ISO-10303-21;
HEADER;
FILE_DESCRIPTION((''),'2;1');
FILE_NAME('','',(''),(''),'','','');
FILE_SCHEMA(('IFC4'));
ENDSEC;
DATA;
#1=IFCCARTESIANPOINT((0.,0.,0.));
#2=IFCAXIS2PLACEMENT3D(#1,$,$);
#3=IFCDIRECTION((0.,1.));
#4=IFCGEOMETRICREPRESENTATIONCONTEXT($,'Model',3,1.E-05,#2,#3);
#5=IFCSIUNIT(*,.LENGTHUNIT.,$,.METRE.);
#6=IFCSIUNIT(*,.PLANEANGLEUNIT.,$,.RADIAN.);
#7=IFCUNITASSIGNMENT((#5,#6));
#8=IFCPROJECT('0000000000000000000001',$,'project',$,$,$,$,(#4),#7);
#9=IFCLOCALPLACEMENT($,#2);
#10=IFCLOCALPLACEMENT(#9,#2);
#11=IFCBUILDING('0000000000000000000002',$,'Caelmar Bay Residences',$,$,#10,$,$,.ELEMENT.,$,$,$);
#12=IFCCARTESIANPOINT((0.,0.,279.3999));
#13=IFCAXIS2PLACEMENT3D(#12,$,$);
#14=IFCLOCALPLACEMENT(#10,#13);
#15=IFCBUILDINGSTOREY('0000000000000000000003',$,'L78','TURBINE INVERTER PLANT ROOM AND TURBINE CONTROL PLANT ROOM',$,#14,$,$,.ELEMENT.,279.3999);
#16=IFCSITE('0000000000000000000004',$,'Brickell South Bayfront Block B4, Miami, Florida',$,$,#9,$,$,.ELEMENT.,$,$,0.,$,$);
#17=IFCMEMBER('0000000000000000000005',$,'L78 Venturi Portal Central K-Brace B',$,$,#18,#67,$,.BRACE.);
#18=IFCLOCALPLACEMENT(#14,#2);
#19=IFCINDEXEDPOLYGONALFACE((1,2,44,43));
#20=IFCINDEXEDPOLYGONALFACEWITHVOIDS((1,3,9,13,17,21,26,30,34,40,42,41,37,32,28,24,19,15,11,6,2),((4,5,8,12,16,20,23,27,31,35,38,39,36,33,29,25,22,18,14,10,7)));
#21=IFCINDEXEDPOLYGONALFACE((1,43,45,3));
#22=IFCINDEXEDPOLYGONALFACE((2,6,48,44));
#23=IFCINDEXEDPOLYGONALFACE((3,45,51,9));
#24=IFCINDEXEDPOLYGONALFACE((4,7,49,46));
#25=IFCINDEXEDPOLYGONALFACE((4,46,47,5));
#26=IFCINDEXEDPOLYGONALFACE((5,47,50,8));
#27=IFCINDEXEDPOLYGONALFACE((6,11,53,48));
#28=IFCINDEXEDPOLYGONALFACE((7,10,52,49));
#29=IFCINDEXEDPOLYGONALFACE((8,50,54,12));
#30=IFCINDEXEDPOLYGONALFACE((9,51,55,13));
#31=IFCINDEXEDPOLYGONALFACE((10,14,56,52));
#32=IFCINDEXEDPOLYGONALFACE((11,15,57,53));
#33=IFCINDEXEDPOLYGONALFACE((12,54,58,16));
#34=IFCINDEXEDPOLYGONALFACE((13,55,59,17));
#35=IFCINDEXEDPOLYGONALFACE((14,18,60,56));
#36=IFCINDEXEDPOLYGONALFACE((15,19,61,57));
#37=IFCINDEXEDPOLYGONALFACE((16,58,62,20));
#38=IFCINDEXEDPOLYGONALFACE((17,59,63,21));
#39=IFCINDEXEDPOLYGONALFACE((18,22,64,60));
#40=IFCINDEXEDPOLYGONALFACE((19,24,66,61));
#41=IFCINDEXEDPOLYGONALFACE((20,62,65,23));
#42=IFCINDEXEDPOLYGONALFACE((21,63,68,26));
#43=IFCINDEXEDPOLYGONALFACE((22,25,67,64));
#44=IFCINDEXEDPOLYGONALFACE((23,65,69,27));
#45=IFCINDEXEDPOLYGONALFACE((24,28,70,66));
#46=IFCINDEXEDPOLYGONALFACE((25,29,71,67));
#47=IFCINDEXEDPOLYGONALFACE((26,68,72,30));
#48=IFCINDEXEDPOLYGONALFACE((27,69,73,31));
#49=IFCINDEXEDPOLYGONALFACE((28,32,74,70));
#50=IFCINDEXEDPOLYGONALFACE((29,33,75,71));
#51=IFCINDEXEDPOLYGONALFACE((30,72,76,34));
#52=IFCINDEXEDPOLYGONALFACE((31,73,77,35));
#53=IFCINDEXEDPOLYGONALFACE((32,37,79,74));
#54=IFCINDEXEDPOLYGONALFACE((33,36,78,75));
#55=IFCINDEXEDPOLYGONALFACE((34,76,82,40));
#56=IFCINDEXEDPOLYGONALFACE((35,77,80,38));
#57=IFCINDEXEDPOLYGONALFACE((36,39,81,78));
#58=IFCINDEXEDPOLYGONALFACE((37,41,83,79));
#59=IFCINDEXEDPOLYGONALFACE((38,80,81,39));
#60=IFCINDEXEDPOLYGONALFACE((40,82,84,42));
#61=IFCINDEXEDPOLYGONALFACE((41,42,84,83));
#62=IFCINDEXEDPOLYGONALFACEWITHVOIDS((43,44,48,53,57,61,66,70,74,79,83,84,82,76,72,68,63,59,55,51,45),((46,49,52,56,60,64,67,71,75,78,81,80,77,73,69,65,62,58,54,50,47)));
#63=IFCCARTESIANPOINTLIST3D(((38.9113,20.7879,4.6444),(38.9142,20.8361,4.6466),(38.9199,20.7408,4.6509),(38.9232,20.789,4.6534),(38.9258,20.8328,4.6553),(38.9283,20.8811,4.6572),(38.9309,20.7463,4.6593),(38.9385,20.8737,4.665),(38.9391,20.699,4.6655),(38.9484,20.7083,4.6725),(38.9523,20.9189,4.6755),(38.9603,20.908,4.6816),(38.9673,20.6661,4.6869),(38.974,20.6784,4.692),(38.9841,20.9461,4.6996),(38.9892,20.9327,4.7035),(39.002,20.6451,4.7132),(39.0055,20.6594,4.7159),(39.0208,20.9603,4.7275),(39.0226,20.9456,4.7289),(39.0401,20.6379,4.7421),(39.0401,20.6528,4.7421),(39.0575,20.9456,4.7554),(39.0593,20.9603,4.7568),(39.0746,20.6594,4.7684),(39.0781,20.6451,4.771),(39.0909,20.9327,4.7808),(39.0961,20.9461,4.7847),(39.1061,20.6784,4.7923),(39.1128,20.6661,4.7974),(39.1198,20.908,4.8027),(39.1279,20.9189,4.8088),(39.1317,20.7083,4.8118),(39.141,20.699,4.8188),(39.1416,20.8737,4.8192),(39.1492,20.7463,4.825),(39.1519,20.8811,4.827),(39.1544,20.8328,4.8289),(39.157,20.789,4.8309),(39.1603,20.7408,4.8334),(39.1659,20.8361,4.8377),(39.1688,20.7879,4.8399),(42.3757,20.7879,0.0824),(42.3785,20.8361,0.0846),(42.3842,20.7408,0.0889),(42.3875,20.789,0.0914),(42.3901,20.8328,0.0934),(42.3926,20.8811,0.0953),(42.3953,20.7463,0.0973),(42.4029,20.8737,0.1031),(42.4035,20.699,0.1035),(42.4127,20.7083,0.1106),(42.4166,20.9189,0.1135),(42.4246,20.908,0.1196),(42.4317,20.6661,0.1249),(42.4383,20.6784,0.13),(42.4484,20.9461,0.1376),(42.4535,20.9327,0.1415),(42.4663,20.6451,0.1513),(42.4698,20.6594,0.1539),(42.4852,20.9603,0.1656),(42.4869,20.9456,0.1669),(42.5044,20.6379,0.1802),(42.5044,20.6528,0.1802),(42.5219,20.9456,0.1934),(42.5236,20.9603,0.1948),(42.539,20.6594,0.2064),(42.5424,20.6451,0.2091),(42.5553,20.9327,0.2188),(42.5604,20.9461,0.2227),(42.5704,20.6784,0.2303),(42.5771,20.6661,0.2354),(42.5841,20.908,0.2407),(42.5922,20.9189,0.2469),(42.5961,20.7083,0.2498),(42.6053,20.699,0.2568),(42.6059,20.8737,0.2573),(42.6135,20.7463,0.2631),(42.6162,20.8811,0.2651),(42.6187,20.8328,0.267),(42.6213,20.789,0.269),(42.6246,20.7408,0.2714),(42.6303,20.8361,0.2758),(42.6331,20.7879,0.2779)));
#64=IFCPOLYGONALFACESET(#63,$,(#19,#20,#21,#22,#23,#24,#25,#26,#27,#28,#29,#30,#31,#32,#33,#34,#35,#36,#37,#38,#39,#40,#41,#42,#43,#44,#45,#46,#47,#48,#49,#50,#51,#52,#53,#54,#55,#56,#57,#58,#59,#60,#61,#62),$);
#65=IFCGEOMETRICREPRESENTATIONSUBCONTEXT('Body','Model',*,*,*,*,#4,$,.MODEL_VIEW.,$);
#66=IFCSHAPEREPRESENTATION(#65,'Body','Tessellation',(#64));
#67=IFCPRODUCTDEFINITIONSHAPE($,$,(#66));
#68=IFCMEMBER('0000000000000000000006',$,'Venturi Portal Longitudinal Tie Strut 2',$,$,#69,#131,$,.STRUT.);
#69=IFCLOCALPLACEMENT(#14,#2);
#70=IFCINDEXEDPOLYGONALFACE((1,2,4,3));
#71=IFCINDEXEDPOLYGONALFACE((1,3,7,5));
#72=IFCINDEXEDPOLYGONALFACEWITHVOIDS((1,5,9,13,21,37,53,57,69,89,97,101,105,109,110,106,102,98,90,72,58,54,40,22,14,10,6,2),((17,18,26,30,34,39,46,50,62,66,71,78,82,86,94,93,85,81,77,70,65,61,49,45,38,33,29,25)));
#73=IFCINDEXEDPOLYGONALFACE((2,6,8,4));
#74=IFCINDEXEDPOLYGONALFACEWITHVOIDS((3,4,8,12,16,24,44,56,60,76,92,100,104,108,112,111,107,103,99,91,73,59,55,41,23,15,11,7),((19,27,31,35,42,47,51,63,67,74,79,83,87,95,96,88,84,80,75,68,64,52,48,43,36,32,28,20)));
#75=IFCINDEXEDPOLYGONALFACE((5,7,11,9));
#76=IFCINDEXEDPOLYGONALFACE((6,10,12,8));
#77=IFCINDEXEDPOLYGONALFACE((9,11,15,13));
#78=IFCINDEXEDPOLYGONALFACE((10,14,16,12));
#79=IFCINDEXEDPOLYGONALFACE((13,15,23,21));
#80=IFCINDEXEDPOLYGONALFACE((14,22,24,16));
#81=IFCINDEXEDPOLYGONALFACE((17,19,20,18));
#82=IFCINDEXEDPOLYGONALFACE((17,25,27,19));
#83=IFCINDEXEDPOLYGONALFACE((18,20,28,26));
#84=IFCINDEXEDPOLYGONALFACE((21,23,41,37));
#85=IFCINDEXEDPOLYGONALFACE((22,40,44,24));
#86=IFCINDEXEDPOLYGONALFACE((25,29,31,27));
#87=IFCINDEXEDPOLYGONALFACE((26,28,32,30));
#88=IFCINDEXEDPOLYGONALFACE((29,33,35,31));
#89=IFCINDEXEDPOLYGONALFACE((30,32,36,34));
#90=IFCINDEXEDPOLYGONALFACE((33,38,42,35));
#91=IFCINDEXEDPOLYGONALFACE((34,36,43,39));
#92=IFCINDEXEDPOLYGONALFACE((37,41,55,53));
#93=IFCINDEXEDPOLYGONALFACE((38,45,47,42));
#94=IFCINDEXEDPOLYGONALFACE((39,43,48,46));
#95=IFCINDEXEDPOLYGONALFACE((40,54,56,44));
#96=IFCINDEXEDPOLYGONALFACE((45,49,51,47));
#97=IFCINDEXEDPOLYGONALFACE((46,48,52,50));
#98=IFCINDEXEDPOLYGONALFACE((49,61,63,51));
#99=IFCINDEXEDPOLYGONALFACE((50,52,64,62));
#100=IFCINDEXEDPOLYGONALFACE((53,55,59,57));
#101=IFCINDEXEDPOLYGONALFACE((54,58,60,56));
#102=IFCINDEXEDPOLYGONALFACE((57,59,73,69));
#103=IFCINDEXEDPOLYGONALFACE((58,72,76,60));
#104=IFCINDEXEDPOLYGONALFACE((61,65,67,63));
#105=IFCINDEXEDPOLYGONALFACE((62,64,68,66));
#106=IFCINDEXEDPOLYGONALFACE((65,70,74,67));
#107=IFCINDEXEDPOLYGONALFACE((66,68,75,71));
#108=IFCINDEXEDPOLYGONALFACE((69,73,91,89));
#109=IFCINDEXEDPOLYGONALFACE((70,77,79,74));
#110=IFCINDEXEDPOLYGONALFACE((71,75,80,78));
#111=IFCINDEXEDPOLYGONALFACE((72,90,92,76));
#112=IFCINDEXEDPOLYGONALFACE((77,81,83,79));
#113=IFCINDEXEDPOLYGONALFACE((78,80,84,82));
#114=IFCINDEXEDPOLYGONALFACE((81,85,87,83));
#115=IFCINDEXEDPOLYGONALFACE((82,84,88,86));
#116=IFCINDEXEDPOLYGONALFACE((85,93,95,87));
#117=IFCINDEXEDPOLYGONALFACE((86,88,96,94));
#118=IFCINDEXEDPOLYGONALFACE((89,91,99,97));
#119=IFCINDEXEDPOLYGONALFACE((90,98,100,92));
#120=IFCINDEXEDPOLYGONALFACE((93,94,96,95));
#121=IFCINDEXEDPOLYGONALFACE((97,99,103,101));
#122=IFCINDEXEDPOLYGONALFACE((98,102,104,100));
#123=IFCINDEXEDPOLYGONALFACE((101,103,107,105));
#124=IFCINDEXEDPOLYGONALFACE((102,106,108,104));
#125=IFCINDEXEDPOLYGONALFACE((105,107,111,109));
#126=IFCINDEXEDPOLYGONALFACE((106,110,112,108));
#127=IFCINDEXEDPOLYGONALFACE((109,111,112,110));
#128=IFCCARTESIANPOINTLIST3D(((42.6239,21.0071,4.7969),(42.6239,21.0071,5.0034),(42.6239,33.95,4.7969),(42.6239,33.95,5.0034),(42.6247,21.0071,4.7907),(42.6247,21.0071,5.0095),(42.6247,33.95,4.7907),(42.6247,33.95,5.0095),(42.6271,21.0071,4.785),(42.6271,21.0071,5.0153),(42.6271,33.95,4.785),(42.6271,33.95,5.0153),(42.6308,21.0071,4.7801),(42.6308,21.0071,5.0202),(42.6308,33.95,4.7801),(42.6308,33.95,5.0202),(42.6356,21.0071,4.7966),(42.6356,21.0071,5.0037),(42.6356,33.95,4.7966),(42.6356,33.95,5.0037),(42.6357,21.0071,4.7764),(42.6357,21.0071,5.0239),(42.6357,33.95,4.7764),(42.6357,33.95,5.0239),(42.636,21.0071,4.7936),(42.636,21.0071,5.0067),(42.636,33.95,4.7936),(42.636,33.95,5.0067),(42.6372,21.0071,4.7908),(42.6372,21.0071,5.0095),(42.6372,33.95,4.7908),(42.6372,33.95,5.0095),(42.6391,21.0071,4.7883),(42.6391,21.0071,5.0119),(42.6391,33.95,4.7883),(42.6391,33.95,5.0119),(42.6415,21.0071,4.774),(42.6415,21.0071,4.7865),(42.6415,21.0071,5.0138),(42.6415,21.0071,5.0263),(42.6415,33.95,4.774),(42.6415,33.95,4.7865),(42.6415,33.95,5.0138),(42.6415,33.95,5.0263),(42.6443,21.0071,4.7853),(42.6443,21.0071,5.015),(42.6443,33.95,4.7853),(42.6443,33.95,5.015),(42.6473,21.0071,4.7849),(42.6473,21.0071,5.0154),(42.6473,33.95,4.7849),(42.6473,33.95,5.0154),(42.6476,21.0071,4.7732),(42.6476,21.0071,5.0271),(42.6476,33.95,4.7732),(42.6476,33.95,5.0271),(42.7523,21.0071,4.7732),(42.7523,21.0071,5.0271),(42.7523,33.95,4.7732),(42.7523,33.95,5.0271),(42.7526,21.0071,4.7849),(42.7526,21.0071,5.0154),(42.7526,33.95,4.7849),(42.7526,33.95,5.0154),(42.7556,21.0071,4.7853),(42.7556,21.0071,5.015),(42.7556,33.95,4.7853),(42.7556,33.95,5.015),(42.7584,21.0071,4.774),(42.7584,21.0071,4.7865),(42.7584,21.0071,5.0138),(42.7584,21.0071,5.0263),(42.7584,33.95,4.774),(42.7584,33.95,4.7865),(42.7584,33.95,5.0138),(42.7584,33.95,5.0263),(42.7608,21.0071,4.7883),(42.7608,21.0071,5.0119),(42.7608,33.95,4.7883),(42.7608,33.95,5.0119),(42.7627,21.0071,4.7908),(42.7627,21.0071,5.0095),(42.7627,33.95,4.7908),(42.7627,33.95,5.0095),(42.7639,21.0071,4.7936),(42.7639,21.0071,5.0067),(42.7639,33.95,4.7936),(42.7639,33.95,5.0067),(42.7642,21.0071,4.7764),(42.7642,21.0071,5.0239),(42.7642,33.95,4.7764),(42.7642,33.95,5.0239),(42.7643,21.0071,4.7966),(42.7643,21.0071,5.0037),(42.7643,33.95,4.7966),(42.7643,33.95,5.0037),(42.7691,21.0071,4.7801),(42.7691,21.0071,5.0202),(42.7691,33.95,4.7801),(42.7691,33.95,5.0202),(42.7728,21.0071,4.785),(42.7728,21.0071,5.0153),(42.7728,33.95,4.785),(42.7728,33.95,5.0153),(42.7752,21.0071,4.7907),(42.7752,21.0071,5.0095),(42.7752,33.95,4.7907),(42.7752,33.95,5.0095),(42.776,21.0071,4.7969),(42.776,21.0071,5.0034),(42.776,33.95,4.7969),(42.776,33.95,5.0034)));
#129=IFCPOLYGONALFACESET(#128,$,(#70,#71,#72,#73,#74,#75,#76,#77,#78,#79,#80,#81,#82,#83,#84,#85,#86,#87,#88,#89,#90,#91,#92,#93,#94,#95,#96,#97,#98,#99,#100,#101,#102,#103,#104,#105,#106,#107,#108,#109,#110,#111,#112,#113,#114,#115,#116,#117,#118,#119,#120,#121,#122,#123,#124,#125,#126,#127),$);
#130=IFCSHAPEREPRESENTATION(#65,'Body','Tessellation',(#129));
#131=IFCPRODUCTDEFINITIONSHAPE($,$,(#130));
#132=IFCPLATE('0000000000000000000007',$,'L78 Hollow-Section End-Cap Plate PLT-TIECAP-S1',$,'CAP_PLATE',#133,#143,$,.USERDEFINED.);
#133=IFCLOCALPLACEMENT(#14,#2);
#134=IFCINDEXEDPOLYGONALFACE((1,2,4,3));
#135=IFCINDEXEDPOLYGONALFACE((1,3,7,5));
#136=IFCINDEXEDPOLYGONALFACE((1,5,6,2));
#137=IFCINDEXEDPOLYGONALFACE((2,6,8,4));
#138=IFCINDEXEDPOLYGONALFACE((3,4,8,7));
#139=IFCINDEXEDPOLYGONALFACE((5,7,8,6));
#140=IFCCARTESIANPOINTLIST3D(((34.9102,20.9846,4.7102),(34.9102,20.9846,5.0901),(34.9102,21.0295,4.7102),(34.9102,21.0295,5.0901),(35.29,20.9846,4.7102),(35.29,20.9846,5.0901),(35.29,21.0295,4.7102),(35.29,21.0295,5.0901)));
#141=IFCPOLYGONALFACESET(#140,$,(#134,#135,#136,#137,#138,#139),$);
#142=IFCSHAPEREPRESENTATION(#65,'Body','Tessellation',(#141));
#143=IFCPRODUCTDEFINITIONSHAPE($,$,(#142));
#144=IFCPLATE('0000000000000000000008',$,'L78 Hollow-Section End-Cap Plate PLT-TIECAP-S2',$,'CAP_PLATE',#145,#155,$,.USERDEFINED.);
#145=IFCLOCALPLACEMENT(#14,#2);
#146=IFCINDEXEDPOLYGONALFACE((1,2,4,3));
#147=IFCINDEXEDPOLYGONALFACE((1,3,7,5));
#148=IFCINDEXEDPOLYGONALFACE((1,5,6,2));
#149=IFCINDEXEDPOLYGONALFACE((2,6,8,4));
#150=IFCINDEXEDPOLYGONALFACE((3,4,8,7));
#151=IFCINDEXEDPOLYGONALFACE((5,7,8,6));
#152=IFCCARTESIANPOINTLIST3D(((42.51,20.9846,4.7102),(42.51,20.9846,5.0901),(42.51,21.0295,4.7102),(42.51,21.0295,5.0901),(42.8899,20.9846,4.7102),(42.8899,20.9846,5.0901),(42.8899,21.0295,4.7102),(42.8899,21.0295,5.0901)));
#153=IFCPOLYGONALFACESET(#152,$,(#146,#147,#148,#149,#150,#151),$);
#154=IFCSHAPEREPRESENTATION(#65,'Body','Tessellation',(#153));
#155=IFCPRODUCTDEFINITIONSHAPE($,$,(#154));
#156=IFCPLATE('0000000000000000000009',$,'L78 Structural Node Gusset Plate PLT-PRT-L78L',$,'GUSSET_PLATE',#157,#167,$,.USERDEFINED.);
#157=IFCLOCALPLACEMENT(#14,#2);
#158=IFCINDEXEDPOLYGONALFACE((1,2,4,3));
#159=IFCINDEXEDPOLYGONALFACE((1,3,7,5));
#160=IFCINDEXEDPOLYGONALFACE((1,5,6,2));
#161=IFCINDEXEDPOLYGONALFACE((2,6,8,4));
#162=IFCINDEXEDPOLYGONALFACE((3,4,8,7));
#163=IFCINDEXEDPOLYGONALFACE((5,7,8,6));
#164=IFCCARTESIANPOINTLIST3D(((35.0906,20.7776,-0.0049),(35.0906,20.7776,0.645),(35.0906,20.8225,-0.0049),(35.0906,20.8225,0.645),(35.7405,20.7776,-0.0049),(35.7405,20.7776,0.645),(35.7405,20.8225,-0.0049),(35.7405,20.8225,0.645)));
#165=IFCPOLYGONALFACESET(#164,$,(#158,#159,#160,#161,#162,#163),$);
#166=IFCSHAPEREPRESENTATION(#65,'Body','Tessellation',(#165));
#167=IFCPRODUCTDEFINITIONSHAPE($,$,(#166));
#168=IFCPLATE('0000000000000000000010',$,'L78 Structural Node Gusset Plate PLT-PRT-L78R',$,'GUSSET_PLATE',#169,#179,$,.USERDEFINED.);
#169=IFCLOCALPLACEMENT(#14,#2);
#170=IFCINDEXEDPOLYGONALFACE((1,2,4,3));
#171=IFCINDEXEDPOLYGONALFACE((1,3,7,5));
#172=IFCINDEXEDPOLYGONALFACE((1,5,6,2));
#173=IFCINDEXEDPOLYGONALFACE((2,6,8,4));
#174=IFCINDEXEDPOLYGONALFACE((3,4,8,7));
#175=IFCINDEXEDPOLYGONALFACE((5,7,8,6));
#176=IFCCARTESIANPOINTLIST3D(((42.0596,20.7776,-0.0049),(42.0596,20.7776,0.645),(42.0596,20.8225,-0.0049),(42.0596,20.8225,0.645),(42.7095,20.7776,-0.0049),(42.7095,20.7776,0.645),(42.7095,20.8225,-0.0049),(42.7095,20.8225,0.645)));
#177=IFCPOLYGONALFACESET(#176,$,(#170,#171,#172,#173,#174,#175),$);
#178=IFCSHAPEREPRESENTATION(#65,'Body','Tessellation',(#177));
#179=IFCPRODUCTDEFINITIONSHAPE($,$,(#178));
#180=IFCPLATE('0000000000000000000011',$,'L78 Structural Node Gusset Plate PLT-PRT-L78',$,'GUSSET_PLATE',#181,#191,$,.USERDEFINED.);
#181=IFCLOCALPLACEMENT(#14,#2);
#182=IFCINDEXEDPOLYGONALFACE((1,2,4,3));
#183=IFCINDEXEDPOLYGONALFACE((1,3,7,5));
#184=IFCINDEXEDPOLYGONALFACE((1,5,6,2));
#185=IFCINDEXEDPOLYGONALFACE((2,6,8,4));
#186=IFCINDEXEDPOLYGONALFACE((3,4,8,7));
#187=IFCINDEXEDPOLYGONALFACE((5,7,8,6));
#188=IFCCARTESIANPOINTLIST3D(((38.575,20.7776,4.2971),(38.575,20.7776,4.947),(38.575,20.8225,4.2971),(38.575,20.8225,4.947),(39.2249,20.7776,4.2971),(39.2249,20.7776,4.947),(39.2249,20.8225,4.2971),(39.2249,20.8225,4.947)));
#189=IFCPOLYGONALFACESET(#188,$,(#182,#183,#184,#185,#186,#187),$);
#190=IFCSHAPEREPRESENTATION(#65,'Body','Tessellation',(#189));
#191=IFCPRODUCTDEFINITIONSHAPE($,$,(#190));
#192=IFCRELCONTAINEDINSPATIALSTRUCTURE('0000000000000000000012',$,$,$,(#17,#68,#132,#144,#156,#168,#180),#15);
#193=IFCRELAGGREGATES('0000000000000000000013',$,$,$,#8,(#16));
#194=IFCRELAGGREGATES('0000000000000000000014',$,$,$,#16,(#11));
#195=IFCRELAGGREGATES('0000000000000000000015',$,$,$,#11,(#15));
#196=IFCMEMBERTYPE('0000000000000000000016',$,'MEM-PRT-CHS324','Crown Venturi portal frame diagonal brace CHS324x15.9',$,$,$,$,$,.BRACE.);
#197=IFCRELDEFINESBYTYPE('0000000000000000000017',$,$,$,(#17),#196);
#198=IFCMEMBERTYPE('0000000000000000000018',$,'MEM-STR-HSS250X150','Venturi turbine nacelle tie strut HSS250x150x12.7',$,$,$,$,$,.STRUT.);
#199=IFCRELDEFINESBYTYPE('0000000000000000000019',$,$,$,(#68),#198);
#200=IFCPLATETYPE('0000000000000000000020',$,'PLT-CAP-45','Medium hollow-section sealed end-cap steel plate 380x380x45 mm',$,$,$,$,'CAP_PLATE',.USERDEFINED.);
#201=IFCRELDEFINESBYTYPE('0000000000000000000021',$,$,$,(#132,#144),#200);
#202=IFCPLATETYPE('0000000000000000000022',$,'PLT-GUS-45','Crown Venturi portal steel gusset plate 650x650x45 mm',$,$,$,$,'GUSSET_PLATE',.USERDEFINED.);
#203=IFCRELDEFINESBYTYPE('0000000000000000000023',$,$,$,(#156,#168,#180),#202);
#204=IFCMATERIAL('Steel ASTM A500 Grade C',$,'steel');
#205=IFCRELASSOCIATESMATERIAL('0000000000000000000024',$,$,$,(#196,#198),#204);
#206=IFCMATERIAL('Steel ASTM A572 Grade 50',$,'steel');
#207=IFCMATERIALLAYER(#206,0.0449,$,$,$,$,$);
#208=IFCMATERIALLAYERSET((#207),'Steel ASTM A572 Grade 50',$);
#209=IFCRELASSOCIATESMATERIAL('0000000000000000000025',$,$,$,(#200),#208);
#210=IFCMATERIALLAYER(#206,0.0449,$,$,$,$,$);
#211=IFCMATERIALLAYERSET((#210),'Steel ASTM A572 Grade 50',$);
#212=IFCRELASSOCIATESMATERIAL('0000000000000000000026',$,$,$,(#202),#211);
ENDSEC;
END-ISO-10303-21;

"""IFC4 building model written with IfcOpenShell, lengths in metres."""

from ifc_helpers import new_model, si_unit, direction, frame, origin, origin_2d, place, context, subcontext, project, spatial, rectangle, hollow_rectangle, hollow_circle, extrude, material, layer, layer_set, material_profile, profile_set, type_object, element, save


model = new_model("IFC4")

# Units and contexts
model_context = context("Model", 3, precision=1e-05, world=origin(), true_north=direction((0.0, 1.0)))
body_context = subcontext(model_context, "Body", "Model", "MODEL_VIEW")
ifc_project = project(units=[si_unit("LENGTHUNIT", "METRE"), si_unit("PLANEANGLEUNIT", "RADIAN")], contexts=[model_context])

# Site, building, storey
site_placement = place(None, origin())
site = spatial("IfcSite", under=ifc_project, at=site_placement, Name="Brickell South Bayfront Block B4, Miami, Florida", CompositionType="ELEMENT", RefElevation=0.0)
building_placement = place(site_placement, origin())
building = spatial("IfcBuilding", under=site, at=building_placement, Name="Caelmar Bay Residences", CompositionType="ELEMENT")
storey_placement = place(building_placement, frame((0.0, 0.0, 279.3999)))
storey = spatial("IfcBuildingStorey", under=building, at=storey_placement, Name="L78", Description="TURBINE INVERTER PLANT ROOM AND TURBINE CONTROL PLANT ROOM", CompositionType="ELEMENT", Elevation=279.3999)

# Members
ifc_material_1 = material(Name="Steel ASTM A500 Grade C", Category="steel")
ifc_material_profile_1 = material_profile(ifc_material_1, hollow_circle(Radius=0.1621, WallThickness=0.0149, at=origin_2d()), Name="CHS324X15.9")
ifc_profile_set_1 = profile_set([ifc_material_profile_1], Name="Steel ASTM A500 Grade C")
member_type_1 = type_object("IfcMemberType", Name="MEM-PRT-CHS324", Description="Crown Venturi portal frame diagonal brace CHS324x15.9", PredefinedType="BRACE", material=ifc_profile_set_1)
member_1_placement = place(storey_placement, frame((42.5044, 20.8, 0.1802), z_axis=(-0.604776, 0.0, 0.796395), x_axis=(0.0, -1.0, 0.0)))
element("IfcMember", 1, at=member_1_placement, inside=storey, type_object=member_type_1, Name="L78 Venturi Portal Central K-Brace B", PredefinedType="BRACE", context=body_context, shape_type="SweptSolid", body=[
    extrude(hollow_circle(Radius=0.1621, WallThickness=0.0149, at=origin_2d()), origin(), (0.0, 0.0, 1.0), 5.7283),
])
ifc_material_profile_2 = material_profile(ifc_material_1, hollow_rectangle(XDim=0.1521, YDim=0.2539, WallThickness=0.0117, InnerFilletRadius=0.0117, OuterFilletRadius=0.0237, at=origin_2d()), Name="HSS250X150X12.7")
ifc_profile_set_2 = profile_set([ifc_material_profile_2], Name="Steel ASTM A500 Grade C")
member_type_2 = type_object("IfcMemberType", Name="MEM-STR-HSS250X150", Description="Venturi turbine nacelle tie strut HSS250x150x12.7", PredefinedType="STRUT", material=ifc_profile_set_2)
member_2_placement = place(storey_placement, frame((42.7, 21.0071, 4.9001), z_axis=(0.0, 1.0, 0.0), x_axis=(-1.0, 0.0, 0.0)))
element("IfcMember", 2, at=member_2_placement, inside=storey, type_object=member_type_2, Name="Venturi Portal Longitudinal Tie Strut 2", PredefinedType="STRUT", context=body_context, shape_type="SweptSolid", body=[
    extrude(hollow_rectangle(XDim=0.1521, YDim=0.2539, WallThickness=0.0117, InnerFilletRadius=0.0117, OuterFilletRadius=0.0237, at=origin_2d()), origin(), (0.0, 0.0, 1.0), 12.9429),
])

# Plates
ifc_material_2 = material(Name="Steel ASTM A572 Grade 50", Category="steel")
ifc_layer_1 = layer(ifc_material_2, 0.0449)
ifc_layer_set_1 = layer_set([ifc_layer_1], Name="Steel ASTM A572 Grade 50")
plate_type_1 = type_object("IfcPlateType", Name="PLT-CAP-45", Description="Medium hollow-section sealed end-cap steel plate 380x380x45 mm", ElementType="CAP_PLATE", PredefinedType="USERDEFINED", material=ifc_layer_set_1)
for number, where, z_axis, x_axis, name in (
    (3, (35.1001, 21.0071, 4.7102), (0.0, 0.0, 1.0), (1.0, 0.0, 0.0), "L78 Hollow-Section End-Cap Plate PLT-TIECAP-S1"),
    (4, (42.7, 21.0071, 4.7102), (0.0, 0.0, 1.0), (1.0, 0.0, 0.0), "L78 Hollow-Section End-Cap Plate PLT-TIECAP-S2"),
):
    element("IfcPlate", number, at=place(storey_placement, frame(where, z_axis=z_axis, x_axis=x_axis)), inside=storey, type_object=plate_type_1, Name=name, ObjectType="CAP_PLATE", PredefinedType="USERDEFINED", context=body_context, shape_type="SweptSolid", body=[
        extrude(rectangle(XDim=0.3799, YDim=0.0449, at=origin_2d()), origin(), (0.0, 0.0, 1.0), 0.3799),
    ])
ifc_layer_2 = layer(ifc_material_2, 0.0449)
ifc_layer_set_2 = layer_set([ifc_layer_2], Name="Steel ASTM A572 Grade 50")
plate_type_2 = type_object("IfcPlateType", Name="PLT-GUS-45", Description="Crown Venturi portal steel gusset plate 650x650x45 mm", ElementType="GUSSET_PLATE", PredefinedType="USERDEFINED", material=ifc_layer_set_2)
for number, where, z_axis, x_axis, name in (
    (5, (35.4155, 20.8, -0.0049), (0.0, 0.0, 1.0), (1.0, 0.0, 0.0), "L78 Structural Node Gusset Plate PLT-PRT-L78L"),
    (6, (42.3845, 20.8, -0.0049), (0.0, 0.0, 1.0), (1.0, 0.0, 0.0), "L78 Structural Node Gusset Plate PLT-PRT-L78R"),
    (7, (38.8999, 20.8, 4.2971), (0.0, 0.0, 1.0), (1.0, 0.0, 0.0), "L78 Structural Node Gusset Plate PLT-PRT-L78"),
):
    element("IfcPlate", number, at=place(storey_placement, frame(where, z_axis=z_axis, x_axis=x_axis)), inside=storey, type_object=plate_type_2, Name=name, ObjectType="GUSSET_PLATE", PredefinedType="USERDEFINED", context=body_context, shape_type="SweptSolid", body=[
        extrude(rectangle(XDim=0.6499, YDim=0.0449, at=origin_2d()), origin(), (0.0, 0.0, 1.0), 0.6499),
    ])

save(model, "model.ifc")
